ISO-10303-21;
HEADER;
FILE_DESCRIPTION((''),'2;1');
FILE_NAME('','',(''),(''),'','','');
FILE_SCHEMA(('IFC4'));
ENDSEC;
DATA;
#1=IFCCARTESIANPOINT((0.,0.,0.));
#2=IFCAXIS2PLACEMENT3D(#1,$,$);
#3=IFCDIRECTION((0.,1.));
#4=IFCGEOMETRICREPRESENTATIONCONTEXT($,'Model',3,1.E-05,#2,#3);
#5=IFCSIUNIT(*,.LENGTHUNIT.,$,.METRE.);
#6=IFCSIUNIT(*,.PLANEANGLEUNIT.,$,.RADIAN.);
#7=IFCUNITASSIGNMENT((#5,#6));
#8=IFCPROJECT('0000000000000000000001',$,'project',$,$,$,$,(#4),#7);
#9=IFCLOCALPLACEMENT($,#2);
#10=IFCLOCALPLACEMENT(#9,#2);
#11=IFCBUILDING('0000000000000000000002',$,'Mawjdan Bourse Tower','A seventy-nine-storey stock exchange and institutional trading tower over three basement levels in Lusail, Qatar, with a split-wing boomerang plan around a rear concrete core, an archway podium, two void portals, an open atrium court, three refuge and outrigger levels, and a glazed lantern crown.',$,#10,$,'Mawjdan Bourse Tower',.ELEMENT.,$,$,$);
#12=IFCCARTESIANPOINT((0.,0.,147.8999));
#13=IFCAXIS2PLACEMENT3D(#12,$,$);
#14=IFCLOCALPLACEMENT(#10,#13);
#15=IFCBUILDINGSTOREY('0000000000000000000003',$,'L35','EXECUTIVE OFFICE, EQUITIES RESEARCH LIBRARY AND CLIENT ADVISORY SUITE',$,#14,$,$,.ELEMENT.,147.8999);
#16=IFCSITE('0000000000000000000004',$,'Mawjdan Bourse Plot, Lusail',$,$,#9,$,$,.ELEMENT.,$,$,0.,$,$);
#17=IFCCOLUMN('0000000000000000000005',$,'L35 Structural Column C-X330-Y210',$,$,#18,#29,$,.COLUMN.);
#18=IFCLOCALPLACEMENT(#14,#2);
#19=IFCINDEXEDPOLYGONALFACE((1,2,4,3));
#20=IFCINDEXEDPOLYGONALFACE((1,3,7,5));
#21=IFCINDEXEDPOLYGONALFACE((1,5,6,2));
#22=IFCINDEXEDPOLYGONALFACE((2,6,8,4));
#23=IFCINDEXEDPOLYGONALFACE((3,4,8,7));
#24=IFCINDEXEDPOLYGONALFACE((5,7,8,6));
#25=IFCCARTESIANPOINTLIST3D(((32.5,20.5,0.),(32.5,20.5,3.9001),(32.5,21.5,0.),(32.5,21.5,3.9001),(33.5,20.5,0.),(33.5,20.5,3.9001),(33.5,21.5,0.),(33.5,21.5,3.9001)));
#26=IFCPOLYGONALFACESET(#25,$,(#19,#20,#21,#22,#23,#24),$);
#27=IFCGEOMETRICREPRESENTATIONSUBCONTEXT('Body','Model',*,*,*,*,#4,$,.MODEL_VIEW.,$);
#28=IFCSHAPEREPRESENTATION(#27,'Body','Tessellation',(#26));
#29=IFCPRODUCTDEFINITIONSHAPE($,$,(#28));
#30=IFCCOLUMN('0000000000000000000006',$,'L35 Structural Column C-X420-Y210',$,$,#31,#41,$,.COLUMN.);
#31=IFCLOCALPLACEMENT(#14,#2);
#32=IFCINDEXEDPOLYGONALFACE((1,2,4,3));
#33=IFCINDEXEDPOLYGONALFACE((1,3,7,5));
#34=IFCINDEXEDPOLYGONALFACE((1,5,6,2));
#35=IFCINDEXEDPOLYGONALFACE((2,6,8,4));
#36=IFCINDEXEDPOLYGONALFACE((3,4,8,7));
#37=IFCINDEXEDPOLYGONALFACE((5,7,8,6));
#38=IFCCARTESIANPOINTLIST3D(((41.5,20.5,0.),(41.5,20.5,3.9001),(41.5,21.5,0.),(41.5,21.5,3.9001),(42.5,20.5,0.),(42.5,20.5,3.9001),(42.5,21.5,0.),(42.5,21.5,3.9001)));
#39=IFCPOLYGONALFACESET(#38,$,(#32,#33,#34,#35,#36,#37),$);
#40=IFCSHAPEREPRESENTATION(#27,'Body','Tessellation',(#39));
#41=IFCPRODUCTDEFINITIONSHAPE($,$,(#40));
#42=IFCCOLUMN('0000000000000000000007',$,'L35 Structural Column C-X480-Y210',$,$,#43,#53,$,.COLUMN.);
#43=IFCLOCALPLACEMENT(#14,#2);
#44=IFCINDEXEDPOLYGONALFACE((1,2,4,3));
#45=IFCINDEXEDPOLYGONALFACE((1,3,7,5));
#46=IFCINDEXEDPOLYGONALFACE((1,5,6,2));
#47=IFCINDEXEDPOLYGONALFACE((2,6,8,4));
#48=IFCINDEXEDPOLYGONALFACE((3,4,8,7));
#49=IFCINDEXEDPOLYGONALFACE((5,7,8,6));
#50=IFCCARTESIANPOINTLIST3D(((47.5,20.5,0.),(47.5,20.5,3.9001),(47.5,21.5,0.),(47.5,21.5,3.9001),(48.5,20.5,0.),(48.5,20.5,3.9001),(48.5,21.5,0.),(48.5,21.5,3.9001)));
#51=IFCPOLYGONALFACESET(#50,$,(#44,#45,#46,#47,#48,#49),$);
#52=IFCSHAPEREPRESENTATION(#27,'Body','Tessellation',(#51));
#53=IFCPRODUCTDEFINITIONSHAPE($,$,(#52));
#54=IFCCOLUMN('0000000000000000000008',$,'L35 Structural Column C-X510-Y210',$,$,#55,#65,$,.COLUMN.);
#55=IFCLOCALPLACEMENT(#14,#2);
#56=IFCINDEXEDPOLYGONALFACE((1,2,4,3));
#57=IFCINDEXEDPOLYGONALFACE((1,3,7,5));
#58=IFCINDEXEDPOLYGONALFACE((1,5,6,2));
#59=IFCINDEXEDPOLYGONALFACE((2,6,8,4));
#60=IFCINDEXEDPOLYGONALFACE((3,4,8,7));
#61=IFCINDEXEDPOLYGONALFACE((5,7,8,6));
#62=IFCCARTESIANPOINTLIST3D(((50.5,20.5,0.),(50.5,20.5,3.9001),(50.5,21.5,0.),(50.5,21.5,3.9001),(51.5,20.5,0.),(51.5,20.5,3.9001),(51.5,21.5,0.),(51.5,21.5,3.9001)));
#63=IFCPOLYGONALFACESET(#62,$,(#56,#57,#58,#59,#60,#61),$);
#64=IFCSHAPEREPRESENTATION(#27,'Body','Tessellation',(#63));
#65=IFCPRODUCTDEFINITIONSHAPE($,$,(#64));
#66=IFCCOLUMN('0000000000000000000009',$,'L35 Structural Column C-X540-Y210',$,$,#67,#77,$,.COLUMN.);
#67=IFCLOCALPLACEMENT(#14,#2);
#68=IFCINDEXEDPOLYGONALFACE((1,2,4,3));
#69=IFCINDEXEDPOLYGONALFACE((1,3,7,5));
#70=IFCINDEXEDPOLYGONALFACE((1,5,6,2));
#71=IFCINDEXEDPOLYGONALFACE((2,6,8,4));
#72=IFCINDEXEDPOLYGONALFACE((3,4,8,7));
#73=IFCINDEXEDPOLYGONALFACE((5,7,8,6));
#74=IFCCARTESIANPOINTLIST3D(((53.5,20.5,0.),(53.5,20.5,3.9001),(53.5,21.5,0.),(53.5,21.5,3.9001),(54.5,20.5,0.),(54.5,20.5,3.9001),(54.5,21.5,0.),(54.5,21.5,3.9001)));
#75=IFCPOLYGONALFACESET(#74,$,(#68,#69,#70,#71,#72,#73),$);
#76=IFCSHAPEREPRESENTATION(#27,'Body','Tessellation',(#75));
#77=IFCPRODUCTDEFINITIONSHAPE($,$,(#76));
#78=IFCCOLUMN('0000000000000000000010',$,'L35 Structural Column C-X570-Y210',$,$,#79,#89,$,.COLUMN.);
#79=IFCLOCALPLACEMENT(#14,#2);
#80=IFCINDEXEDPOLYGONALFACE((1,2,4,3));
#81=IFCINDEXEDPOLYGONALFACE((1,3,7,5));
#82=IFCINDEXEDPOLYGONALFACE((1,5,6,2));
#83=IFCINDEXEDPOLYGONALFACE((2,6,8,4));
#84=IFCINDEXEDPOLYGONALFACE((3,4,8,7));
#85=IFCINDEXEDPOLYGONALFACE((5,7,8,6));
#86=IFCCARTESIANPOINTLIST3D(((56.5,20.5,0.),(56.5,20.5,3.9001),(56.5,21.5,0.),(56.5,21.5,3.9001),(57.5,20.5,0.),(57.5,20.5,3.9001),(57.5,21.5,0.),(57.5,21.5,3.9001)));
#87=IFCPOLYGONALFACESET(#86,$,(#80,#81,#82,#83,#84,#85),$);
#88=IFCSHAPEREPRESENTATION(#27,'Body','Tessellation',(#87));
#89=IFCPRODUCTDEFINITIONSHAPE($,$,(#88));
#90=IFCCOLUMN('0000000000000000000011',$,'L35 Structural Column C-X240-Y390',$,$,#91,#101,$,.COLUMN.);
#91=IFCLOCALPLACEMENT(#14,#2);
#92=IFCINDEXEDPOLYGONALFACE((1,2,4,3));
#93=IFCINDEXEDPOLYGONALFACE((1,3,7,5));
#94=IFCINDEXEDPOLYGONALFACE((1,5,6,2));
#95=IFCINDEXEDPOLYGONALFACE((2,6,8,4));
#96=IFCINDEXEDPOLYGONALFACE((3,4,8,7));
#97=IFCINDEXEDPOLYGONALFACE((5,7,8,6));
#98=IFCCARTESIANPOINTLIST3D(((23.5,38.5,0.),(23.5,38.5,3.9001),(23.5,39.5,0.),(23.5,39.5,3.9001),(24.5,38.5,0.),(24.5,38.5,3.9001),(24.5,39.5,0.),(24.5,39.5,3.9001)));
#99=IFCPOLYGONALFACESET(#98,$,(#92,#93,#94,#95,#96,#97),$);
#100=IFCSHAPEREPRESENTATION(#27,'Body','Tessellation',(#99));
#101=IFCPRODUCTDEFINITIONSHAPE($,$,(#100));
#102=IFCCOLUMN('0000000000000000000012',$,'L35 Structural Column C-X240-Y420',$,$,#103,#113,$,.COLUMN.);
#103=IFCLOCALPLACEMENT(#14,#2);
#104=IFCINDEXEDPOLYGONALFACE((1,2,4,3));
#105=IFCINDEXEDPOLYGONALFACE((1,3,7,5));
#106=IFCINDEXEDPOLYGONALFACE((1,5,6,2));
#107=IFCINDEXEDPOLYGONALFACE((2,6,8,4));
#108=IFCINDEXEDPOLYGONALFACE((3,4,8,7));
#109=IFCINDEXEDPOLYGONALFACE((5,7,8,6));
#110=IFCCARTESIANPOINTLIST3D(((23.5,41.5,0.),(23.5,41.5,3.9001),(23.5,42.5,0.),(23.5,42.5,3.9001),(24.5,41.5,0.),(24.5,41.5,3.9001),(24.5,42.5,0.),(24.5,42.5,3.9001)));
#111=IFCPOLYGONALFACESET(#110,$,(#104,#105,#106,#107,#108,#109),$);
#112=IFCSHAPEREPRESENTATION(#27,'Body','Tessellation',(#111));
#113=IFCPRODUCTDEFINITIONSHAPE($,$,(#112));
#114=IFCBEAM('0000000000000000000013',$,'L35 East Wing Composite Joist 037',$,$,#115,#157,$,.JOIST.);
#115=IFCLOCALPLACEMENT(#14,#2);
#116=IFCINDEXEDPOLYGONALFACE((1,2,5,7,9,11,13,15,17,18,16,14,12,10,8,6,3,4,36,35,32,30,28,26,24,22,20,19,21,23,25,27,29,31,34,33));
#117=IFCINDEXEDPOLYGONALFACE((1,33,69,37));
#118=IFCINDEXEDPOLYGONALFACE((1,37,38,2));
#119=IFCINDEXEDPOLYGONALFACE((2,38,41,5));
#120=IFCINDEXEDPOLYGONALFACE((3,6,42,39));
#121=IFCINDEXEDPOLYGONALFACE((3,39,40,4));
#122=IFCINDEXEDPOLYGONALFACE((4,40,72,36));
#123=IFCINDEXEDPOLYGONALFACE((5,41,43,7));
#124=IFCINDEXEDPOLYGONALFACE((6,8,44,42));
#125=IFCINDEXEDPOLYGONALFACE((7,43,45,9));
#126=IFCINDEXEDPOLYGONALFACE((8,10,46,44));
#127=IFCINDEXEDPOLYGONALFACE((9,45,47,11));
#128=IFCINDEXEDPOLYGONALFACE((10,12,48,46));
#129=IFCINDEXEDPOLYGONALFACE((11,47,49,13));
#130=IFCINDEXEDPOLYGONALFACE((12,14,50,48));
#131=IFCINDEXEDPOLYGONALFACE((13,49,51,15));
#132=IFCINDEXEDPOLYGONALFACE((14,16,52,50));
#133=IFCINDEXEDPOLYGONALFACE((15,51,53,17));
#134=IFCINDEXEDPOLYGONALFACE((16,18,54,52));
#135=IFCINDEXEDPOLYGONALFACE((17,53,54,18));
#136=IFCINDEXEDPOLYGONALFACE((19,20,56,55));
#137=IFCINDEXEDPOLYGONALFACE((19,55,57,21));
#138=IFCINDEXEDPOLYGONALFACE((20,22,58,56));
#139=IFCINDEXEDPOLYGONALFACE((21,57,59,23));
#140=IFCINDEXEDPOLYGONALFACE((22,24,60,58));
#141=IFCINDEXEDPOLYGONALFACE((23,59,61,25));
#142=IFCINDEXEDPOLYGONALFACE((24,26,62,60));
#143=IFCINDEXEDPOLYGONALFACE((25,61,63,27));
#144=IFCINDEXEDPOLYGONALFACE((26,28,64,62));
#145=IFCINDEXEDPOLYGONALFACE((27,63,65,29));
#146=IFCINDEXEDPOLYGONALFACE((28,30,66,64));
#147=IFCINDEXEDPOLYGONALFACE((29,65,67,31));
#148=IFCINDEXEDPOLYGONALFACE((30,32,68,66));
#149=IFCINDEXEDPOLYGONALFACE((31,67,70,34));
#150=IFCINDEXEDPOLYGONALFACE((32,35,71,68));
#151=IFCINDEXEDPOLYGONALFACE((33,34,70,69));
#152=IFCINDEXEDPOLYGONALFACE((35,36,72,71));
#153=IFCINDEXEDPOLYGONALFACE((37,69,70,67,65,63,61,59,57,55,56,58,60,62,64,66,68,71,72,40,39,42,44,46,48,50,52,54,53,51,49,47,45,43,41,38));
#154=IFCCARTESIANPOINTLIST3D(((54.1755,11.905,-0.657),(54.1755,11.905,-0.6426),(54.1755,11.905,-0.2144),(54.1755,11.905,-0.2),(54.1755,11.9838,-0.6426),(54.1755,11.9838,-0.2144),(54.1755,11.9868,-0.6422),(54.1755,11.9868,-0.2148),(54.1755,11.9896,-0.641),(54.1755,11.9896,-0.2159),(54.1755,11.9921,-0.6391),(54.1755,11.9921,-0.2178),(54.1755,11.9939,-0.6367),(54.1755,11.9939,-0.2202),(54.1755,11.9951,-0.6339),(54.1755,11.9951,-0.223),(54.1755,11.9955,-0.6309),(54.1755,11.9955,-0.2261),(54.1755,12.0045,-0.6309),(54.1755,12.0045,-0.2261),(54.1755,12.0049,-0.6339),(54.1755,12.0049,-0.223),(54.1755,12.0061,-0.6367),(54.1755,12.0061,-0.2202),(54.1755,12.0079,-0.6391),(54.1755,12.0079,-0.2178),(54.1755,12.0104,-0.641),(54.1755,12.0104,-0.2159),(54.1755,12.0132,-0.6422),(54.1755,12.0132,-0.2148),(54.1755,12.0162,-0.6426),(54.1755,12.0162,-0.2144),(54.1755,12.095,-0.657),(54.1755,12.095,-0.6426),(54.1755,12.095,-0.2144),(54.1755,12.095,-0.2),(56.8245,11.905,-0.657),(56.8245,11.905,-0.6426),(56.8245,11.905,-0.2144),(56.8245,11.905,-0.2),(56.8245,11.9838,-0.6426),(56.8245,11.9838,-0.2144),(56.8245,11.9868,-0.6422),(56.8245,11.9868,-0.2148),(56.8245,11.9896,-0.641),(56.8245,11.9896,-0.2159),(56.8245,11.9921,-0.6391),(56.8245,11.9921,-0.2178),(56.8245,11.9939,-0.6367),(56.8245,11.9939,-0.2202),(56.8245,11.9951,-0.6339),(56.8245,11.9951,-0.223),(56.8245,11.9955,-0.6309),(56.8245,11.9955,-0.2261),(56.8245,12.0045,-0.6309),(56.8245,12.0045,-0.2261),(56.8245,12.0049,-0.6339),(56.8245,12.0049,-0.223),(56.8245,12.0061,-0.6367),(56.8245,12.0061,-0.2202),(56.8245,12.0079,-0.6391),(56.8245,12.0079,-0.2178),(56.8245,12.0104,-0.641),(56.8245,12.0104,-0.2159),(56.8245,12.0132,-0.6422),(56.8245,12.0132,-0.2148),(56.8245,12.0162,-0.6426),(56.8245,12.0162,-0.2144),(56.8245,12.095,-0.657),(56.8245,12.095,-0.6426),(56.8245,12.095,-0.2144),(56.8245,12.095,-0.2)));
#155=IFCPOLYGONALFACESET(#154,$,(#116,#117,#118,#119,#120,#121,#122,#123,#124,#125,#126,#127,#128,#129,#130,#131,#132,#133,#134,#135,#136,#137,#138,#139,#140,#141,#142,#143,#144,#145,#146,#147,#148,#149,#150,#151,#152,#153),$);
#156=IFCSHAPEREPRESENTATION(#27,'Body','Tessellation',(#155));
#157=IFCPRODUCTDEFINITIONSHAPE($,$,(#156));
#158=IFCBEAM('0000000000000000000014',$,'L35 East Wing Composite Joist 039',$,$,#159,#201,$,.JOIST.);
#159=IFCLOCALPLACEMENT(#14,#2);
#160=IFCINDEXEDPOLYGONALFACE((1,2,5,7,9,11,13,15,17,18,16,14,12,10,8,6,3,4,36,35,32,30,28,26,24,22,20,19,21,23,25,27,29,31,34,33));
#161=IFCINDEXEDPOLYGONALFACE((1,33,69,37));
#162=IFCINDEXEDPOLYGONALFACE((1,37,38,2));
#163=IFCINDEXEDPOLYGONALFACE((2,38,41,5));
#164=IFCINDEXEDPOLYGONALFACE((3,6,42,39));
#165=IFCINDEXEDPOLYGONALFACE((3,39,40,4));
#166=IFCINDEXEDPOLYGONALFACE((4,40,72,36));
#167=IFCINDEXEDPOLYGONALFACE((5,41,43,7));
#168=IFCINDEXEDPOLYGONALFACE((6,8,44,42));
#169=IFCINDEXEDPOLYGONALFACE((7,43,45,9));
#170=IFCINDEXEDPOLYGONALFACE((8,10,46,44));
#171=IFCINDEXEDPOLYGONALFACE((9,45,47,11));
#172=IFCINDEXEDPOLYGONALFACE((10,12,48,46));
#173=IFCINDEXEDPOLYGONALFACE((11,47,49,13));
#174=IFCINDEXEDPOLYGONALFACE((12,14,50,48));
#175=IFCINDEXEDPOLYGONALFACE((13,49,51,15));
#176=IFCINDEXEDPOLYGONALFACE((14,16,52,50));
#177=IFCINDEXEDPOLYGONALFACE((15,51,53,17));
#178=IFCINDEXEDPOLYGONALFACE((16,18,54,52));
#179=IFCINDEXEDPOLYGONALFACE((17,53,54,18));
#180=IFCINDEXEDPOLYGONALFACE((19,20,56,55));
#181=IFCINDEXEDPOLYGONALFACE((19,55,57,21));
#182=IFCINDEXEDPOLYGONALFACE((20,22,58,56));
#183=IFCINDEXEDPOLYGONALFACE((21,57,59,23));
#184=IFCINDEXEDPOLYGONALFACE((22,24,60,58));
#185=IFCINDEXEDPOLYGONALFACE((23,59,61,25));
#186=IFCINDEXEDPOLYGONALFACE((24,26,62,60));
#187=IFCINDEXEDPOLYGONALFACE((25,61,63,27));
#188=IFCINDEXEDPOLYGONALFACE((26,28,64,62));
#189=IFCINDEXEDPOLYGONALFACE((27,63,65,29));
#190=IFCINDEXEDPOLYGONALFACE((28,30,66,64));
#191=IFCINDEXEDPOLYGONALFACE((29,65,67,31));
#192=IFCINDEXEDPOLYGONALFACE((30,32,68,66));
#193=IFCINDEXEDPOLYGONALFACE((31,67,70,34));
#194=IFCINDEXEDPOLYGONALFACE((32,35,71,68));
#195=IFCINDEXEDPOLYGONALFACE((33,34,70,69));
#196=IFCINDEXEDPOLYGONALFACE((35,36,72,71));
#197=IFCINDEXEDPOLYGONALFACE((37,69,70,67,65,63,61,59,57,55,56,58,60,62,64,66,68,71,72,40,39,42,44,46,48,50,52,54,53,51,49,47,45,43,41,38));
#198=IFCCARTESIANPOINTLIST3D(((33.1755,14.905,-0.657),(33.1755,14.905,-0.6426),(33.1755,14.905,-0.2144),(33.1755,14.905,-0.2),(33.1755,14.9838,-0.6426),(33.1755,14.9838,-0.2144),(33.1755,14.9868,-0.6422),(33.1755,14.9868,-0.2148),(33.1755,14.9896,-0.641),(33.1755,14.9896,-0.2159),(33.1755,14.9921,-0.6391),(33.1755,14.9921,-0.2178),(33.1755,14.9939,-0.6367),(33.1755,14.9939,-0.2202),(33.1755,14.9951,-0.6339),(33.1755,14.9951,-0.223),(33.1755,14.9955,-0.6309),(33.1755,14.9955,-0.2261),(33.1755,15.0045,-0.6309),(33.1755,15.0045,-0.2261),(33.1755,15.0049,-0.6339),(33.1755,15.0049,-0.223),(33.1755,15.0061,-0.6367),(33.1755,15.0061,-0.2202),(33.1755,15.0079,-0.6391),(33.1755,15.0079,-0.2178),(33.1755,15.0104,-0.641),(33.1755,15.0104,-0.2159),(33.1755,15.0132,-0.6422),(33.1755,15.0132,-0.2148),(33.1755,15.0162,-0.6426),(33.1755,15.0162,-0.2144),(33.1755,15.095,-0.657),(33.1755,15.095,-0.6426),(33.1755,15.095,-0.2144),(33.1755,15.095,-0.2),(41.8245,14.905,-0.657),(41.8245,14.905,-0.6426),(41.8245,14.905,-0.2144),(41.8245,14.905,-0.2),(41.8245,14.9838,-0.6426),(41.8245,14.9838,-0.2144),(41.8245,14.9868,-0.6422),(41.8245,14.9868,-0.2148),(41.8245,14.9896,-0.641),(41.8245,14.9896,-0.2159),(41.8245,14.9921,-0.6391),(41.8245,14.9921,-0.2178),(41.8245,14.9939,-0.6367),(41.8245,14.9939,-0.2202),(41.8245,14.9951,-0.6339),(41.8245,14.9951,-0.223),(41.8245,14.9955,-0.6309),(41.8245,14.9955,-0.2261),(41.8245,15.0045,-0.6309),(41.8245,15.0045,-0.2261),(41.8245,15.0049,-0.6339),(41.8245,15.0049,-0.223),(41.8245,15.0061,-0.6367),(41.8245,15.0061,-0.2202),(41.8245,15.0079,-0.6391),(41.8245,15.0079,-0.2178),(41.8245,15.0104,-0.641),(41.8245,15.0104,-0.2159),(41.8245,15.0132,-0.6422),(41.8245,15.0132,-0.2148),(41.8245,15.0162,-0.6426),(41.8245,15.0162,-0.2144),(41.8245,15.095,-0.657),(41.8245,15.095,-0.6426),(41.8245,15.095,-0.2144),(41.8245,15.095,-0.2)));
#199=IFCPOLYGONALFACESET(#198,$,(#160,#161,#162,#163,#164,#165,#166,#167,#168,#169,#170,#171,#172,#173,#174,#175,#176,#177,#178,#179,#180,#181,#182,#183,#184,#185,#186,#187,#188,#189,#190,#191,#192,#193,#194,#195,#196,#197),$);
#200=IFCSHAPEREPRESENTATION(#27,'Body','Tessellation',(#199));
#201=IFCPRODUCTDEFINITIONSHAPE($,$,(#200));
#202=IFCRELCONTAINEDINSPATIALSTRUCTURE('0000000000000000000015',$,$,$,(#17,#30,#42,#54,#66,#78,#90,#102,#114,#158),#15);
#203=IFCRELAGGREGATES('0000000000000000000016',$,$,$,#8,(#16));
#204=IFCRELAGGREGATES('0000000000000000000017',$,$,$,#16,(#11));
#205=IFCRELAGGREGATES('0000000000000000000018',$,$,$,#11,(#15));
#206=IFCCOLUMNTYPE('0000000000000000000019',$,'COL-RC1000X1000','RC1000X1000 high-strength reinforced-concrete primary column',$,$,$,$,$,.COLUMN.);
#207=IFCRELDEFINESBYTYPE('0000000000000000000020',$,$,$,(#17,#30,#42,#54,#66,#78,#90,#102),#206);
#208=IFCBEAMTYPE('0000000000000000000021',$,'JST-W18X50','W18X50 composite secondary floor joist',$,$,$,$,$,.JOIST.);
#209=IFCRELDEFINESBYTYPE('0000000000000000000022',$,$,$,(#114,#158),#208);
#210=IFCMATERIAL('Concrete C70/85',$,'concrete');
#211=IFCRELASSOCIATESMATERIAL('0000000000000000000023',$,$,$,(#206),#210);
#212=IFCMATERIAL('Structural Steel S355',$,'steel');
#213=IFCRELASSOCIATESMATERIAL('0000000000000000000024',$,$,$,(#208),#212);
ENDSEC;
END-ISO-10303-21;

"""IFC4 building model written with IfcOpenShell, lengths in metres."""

from ifc_helpers import new_model, si_unit, direction, frame, origin, origin_2d, place, context, subcontext, project, spatial, rectangle, i_section, extrude, material, material_profile, profile_set, type_object, element, save


model = new_model("IFC4")

# Units and contexts
model_context = context("Model", 3, precision=1e-05, world=origin(), true_north=direction((0.0, 1.0)))
body_context = subcontext(model_context, "Body", "Model", "MODEL_VIEW")
ifc_project = project(units=[si_unit("LENGTHUNIT", "METRE"), si_unit("PLANEANGLEUNIT", "RADIAN")], contexts=[model_context])

# Site, building, storey
site_placement = place(None, origin())
site = spatial("IfcSite", under=ifc_project, at=site_placement, Name="Mawjdan Bourse Plot, Lusail", CompositionType="ELEMENT", RefElevation=0.0)
building_placement = place(site_placement, origin())
building = spatial("IfcBuilding", under=site, at=building_placement, Name="Mawjdan Bourse Tower", Description="A seventy-nine-storey stock exchange and institutional trading tower over three basement levels in Lusail, Qatar, with a split-wing boomerang plan around a rear concrete core, an archway podium, two void portals, an open atrium court, three refuge and outrigger levels, and a glazed lantern crown.", LongName="Mawjdan Bourse Tower", CompositionType="ELEMENT")
storey_placement = place(building_placement, frame((0.0, 0.0, 147.8999)))
storey = spatial("IfcBuildingStorey", under=building, at=storey_placement, Name="L35", Description="EXECUTIVE OFFICE, EQUITIES RESEARCH LIBRARY AND CLIENT ADVISORY SUITE", CompositionType="ELEMENT", Elevation=147.8999)

# Columns
ifc_material_1 = material(Name="Concrete C70/85", Category="concrete")
ifc_material_profile_1 = material_profile(ifc_material_1, rectangle(XDim=1.0, YDim=1.0, at=origin_2d()), Name="RC1000X1000")
ifc_profile_set_1 = profile_set([ifc_material_profile_1], Name="Concrete C70/85")
column_type = type_object("IfcColumnType", Name="COL-RC1000X1000", Description="RC1000X1000 high-strength reinforced-concrete primary column", PredefinedType="COLUMN", material=ifc_profile_set_1)
for number, where, z_axis, x_axis, name in (
    (1, (33.0, 21.0, 0.0), (0.0, 0.0, 1.0), (1.0, 0.0, 0.0), "L35 Structural Column C-X330-Y210"),
    (2, (42.0, 21.0, 0.0), (0.0, 0.0, 1.0), (1.0, 0.0, 0.0), "L35 Structural Column C-X420-Y210"),
    (3, (48.0, 21.0, 0.0), (0.0, 0.0, 1.0), (1.0, 0.0, 0.0), "L35 Structural Column C-X480-Y210"),
    (4, (51.0, 21.0, 0.0), (0.0, 0.0, 1.0), (1.0, 0.0, 0.0), "L35 Structural Column C-X510-Y210"),
    (5, (54.0, 21.0, 0.0), (0.0, 0.0, 1.0), (1.0, 0.0, 0.0), "L35 Structural Column C-X540-Y210"),
    (6, (57.0, 21.0, 0.0), (0.0, 0.0, 1.0), (1.0, 0.0, 0.0), "L35 Structural Column C-X570-Y210"),
    (7, (24.0, 39.0, 0.0), (0.0, 0.0, 1.0), (1.0, 0.0, 0.0), "L35 Structural Column C-X240-Y390"),
    (8, (24.0, 42.0, 0.0), (0.0, 0.0, 1.0), (1.0, 0.0, 0.0), "L35 Structural Column C-X240-Y420"),
):
    element("IfcColumn", number, at=place(storey_placement, frame(where, z_axis=z_axis, x_axis=x_axis)), inside=storey, type_object=column_type, Name=name, PredefinedType="COLUMN", context=body_context, shape_type="SweptSolid", body=[
        extrude(rectangle(XDim=1.0, YDim=1.0, at=origin_2d()), origin(), (0.0, 0.0, 1.0), 3.9001),
    ])

# Beams
ifc_material_2 = material(Name="Structural Steel S355", Category="steel")
ifc_material_profile_2 = material_profile(ifc_material_2, i_section(OverallWidth=0.1899, OverallDepth=0.457, WebThickness=0.009, FlangeThickness=0.0144, FilletRadius=0.0117, at=origin_2d()), Name="W18X50")
ifc_profile_set_2 = profile_set([ifc_material_profile_2], Name="Structural Steel S355")
beam_type_1 = type_object("IfcBeamType", Name="JST-W18X50", Description="W18X50 composite secondary floor joist", PredefinedType="JOIST", material=ifc_profile_set_2)
beam_1_placement = place(storey_placement, frame((54.1755, 12.0, -0.4285), z_axis=(1.0, 0.0, 0.0), x_axis=(0.0, 1.0, 0.0)))
element("IfcBeam", 9, at=beam_1_placement, inside=storey, type_object=beam_type_1, Name="L35 East Wing Composite Joist 037", PredefinedType="JOIST", context=body_context, shape_type="SweptSolid", body=[
    extrude(i_section(OverallWidth=0.1899, OverallDepth=0.457, WebThickness=0.009, FlangeThickness=0.0144, FilletRadius=0.0117, at=origin_2d()), origin(), (0.0, 0.0, 1.0), 2.6489),
])
beam_2_placement = place(storey_placement, frame((33.1755, 15.0, -0.4285), z_axis=(1.0, 0.0, 0.0), x_axis=(0.0, 1.0, 0.0)))
element("IfcBeam", 10, at=beam_2_placement, inside=storey, type_object=beam_type_1, Name="L35 East Wing Composite Joist 039", PredefinedType="JOIST", context=body_context, shape_type="SweptSolid", body=[
    extrude(i_section(OverallWidth=0.1899, OverallDepth=0.457, WebThickness=0.009, FlangeThickness=0.0144, FilletRadius=0.0117, at=origin_2d()), origin(), (0.0, 0.0, 1.0), 8.6489),
])

save(model, "model.ifc")
